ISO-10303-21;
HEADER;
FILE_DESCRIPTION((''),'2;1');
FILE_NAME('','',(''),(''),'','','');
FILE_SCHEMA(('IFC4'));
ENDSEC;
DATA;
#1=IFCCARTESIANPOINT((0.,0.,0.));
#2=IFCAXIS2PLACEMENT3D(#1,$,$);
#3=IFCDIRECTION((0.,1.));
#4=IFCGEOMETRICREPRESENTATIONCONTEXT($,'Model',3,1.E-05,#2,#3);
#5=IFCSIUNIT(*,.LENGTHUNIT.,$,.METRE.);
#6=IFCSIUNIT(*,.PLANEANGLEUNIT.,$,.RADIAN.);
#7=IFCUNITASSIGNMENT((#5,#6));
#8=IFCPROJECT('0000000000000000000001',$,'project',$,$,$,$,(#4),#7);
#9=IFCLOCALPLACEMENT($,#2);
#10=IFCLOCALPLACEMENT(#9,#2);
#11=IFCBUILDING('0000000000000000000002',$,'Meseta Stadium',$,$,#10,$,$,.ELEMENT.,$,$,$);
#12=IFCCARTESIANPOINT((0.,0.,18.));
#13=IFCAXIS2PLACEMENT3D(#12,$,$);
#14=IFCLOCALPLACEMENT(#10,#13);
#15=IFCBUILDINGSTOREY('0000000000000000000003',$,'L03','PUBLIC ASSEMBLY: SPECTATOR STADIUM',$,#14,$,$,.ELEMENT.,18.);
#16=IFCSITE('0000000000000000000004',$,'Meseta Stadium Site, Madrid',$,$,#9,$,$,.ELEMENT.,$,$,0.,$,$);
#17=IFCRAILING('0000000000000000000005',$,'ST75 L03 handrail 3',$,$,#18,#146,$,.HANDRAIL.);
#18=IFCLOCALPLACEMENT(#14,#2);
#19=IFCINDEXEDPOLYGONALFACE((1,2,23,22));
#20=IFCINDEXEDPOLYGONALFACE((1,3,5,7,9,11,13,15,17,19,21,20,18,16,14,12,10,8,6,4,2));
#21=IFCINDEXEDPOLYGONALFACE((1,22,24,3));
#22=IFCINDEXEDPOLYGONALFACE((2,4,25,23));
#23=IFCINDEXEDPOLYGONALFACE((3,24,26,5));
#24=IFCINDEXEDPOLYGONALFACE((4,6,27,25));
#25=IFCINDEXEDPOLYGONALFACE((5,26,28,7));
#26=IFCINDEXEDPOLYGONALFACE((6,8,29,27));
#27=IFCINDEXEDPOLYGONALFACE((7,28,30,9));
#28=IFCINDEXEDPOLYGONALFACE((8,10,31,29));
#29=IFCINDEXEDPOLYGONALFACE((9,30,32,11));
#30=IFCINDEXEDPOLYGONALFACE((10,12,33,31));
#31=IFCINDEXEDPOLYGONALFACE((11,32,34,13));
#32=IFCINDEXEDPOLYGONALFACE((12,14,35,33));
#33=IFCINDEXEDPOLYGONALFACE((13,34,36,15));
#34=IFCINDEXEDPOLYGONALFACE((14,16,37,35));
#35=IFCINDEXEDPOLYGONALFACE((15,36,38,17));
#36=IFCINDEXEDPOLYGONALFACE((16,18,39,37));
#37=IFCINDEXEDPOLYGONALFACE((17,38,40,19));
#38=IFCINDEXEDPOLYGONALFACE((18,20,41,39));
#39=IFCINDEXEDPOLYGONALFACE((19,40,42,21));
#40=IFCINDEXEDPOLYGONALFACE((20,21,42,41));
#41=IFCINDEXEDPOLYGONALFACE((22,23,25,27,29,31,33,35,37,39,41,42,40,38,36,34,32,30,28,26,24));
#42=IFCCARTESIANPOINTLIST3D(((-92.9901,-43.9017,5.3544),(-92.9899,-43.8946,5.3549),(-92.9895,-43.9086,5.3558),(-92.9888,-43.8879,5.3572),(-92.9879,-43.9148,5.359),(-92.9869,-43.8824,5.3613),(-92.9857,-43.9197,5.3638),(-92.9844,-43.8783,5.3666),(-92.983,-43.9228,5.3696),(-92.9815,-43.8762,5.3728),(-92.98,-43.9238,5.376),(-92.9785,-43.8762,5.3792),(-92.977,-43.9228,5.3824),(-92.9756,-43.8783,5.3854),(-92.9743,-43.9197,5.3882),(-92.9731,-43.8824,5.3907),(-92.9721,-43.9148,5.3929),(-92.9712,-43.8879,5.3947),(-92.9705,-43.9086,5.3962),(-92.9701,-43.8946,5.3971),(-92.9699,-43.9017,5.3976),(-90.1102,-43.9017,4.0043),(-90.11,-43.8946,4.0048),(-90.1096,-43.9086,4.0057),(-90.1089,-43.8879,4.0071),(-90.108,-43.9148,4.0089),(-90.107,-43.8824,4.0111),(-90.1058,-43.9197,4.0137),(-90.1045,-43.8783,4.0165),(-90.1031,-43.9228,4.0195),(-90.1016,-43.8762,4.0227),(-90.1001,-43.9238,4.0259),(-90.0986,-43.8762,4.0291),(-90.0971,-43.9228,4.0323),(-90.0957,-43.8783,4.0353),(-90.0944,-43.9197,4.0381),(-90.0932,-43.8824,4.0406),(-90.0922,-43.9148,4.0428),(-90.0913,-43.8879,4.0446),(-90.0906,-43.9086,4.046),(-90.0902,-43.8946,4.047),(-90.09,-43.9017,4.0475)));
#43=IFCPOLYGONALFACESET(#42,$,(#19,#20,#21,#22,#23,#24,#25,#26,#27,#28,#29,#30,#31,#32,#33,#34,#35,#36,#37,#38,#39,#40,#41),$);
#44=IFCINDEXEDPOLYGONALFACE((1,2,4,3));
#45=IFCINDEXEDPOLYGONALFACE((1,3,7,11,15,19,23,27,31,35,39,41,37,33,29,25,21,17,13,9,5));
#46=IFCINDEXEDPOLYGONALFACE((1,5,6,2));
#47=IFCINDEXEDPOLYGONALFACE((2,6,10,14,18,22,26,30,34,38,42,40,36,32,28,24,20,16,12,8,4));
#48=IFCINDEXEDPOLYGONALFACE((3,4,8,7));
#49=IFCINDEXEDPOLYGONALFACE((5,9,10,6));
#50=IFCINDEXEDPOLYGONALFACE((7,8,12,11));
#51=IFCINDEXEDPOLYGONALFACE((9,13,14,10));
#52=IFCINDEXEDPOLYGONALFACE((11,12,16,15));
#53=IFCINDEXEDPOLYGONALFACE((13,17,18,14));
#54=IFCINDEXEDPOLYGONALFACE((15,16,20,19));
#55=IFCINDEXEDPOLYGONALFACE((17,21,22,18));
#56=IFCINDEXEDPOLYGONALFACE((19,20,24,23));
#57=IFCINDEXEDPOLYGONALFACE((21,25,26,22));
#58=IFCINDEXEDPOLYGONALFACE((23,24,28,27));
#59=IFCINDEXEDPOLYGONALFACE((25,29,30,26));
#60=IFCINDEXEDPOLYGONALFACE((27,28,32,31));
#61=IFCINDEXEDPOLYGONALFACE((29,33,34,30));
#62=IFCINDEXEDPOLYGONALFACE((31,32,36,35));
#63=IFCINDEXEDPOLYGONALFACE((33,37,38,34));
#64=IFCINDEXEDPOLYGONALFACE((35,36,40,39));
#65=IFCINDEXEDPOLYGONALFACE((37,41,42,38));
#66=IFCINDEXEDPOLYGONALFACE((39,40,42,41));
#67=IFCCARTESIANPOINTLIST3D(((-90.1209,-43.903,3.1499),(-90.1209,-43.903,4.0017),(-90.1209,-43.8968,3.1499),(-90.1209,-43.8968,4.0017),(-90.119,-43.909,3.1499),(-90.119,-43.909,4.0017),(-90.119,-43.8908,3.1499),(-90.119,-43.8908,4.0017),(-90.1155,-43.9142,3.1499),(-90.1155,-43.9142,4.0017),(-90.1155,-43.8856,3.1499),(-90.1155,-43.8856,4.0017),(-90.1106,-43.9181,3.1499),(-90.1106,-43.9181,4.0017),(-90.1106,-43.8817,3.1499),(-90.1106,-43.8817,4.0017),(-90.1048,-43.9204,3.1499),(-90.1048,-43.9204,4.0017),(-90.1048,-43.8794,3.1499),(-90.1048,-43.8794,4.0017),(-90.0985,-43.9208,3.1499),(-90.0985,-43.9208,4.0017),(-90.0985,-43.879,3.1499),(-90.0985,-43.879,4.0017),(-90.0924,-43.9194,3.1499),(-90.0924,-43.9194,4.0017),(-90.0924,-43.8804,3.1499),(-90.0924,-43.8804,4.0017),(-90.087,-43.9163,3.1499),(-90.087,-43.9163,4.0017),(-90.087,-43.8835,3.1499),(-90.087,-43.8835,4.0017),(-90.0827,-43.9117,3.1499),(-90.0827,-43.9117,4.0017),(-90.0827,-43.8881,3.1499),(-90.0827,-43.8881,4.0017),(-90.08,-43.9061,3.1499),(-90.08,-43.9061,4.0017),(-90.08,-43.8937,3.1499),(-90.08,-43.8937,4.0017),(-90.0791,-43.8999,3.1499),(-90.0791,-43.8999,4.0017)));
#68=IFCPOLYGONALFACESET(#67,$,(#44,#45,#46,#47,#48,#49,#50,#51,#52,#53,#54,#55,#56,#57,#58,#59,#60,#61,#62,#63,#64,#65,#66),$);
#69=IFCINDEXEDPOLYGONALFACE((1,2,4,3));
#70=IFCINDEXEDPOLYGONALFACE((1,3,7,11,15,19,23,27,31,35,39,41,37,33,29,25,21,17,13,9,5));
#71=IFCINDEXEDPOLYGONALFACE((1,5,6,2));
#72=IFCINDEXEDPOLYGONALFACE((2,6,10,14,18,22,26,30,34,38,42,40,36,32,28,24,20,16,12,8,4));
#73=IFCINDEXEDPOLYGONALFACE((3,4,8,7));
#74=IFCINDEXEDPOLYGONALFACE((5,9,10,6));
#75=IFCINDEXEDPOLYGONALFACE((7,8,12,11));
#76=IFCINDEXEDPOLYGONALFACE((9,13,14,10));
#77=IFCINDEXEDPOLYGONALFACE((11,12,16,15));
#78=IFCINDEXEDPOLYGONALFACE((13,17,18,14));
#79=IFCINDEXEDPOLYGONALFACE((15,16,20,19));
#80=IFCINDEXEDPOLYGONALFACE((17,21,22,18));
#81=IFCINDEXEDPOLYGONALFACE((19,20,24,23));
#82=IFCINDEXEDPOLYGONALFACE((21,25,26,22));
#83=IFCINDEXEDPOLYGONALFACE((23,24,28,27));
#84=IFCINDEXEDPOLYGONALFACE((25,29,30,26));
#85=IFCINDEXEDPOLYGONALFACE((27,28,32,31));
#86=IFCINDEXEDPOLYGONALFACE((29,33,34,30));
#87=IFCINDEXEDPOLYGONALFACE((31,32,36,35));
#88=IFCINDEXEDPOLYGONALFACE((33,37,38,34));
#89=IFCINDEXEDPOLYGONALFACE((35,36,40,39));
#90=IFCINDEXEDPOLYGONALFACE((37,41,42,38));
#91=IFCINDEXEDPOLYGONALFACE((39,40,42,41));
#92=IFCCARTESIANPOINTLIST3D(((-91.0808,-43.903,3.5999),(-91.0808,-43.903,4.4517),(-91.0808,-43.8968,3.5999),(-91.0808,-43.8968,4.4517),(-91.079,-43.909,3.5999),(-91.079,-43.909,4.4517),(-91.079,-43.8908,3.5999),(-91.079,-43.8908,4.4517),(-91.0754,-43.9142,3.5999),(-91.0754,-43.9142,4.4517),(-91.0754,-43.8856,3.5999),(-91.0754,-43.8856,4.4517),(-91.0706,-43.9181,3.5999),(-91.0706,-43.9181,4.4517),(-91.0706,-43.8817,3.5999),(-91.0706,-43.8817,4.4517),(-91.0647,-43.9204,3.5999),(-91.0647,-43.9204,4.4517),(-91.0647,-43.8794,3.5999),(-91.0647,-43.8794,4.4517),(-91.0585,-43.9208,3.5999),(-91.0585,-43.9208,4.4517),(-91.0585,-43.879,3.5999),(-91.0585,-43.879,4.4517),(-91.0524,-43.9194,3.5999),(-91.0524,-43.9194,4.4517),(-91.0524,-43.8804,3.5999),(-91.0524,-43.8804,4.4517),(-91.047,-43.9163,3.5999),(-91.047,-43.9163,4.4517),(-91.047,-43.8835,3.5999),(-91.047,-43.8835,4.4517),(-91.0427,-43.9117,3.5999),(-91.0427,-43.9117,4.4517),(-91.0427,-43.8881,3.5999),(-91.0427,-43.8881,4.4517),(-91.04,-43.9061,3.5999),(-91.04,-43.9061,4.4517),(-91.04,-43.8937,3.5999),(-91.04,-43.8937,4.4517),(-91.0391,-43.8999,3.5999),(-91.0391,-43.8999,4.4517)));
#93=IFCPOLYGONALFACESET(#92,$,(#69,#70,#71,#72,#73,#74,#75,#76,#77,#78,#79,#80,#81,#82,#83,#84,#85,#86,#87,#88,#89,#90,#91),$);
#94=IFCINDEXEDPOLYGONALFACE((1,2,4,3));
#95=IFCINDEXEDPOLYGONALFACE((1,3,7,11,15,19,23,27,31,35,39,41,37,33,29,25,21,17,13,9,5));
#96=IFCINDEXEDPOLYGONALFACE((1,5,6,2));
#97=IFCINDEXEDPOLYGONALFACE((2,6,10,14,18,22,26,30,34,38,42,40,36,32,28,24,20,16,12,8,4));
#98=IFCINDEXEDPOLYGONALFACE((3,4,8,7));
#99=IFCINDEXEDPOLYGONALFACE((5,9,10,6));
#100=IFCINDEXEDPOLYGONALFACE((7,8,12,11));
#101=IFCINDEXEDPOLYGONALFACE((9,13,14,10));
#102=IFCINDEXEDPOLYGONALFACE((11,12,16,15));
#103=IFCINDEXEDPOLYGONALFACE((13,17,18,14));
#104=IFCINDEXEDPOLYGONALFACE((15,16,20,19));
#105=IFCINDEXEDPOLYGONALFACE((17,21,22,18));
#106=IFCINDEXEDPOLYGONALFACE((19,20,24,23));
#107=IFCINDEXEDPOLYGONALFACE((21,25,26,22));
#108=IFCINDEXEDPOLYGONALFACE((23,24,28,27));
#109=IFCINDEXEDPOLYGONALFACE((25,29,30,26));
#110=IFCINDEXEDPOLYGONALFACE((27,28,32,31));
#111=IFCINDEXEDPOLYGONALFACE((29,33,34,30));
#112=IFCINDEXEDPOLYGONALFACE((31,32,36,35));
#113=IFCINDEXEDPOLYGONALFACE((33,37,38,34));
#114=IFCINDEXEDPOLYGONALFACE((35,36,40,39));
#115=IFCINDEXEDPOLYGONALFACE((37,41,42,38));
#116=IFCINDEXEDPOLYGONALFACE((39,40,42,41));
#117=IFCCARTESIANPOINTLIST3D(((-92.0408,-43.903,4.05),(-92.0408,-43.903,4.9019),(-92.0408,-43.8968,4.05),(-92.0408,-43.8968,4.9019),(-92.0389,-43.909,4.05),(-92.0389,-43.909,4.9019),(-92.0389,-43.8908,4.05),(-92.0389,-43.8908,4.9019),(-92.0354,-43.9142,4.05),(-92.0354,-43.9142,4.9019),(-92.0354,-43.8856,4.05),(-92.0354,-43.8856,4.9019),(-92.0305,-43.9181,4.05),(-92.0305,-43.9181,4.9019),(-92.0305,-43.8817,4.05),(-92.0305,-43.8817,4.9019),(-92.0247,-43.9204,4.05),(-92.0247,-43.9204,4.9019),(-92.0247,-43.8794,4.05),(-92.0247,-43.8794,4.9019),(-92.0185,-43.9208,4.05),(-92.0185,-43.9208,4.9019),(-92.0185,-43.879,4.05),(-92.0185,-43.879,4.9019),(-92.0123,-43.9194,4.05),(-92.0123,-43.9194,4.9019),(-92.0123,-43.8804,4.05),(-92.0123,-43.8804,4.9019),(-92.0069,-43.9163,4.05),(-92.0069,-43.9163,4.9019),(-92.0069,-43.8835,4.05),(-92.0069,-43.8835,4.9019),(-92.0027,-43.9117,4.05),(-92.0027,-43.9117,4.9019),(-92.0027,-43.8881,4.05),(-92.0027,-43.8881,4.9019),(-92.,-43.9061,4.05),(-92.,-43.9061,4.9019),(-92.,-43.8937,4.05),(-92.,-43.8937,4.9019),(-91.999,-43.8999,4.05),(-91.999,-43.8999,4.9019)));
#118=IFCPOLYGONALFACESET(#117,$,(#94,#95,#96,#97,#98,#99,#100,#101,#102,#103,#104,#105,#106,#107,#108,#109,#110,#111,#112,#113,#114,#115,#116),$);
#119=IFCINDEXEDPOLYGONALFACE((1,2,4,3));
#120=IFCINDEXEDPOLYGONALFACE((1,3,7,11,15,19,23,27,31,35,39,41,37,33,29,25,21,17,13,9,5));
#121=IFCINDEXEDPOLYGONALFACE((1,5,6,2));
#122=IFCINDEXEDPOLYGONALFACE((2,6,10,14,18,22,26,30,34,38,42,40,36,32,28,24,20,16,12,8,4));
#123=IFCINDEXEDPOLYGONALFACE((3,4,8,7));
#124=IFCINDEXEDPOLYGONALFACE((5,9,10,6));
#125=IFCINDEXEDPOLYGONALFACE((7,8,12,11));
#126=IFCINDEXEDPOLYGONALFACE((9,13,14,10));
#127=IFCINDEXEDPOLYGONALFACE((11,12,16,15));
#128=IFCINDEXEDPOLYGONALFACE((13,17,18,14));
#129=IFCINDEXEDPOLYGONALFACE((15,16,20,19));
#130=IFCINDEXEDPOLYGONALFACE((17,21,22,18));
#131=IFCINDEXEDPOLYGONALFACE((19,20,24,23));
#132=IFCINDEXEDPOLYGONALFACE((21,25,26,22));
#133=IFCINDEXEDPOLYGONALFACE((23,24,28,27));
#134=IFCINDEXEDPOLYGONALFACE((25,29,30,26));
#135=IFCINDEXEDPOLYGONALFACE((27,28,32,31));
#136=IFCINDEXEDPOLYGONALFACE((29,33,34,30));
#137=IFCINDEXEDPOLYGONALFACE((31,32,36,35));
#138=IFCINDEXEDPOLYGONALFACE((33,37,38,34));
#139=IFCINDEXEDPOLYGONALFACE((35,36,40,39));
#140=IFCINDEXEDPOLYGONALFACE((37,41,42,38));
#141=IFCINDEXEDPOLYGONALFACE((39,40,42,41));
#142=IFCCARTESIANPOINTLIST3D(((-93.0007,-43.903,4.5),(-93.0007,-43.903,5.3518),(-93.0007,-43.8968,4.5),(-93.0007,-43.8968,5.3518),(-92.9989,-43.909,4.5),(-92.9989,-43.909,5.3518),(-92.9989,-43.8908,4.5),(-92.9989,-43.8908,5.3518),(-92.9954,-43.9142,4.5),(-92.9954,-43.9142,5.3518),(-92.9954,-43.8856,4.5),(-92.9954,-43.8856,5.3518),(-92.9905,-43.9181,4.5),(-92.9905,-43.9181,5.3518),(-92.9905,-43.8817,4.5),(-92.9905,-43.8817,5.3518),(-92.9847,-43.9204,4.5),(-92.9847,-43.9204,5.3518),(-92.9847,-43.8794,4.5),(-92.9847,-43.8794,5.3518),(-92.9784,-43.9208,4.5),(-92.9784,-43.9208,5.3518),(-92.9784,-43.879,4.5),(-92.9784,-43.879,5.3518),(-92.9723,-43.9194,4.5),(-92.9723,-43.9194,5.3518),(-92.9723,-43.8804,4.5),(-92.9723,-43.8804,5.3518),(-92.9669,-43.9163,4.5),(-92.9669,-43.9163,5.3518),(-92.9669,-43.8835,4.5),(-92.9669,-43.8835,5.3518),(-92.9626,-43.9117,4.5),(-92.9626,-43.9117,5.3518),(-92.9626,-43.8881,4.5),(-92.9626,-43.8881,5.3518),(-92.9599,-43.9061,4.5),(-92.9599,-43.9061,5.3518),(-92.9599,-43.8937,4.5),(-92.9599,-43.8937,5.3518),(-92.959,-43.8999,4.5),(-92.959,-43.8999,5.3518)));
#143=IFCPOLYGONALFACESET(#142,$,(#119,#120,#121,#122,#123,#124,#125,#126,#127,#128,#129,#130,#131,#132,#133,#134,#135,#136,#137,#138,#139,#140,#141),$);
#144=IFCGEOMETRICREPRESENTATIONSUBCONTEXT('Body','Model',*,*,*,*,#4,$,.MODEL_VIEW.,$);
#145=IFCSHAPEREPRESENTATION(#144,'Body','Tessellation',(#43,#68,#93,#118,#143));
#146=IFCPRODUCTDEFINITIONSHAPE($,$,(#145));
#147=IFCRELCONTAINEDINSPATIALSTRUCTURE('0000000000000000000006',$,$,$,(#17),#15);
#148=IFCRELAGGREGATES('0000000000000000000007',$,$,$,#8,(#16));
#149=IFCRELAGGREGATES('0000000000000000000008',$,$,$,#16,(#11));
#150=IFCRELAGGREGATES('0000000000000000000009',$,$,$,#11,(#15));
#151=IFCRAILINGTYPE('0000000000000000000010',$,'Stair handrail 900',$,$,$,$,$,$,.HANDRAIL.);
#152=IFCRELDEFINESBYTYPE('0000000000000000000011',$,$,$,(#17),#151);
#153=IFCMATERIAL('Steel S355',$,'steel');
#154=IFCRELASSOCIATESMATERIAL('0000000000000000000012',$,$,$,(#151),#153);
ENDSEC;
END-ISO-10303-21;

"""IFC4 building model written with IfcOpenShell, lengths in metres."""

from ifc_helpers import new_model, si_unit, direction, frame, origin, origin_2d, place, context, subcontext, project, spatial, circle, extrude, material, type_object, element, save


model = new_model("IFC4")

# Units and contexts
model_context = context("Model", 3, precision=1e-05, world=origin(), true_north=direction((0.0, 1.0)))
body_context = subcontext(model_context, "Body", "Model", "MODEL_VIEW")
ifc_project = project(units=[si_unit("LENGTHUNIT", "METRE"), si_unit("PLANEANGLEUNIT", "RADIAN")], contexts=[model_context])

# Site, building, storey
site_placement = place(None, origin())
site = spatial("IfcSite", under=ifc_project, at=site_placement, Name="Meseta Stadium Site, Madrid", CompositionType="ELEMENT", RefElevation=0.0)
building_placement = place(site_placement, origin())
building = spatial("IfcBuilding", under=site, at=building_placement, Name="Meseta Stadium", CompositionType="ELEMENT")
storey_placement = place(building_placement, frame((0.0, 0.0, 18.0)))
storey = spatial("IfcBuildingStorey", under=building, at=storey_placement, Name="L03", Description="PUBLIC ASSEMBLY: SPECTATOR STADIUM", CompositionType="ELEMENT", Elevation=18.0)

# Railing
ifc_material_1 = material(Name="Steel S355", Category="steel")
railing_type_1 = type_object("IfcRailingType", Name="Stair handrail 900", PredefinedType="HANDRAIL", material=ifc_material_1)
for number, where, name in (
    (1, (-90.1001, -43.8999, 3.1499), "ST75 L03 handrail 3"),
):
    element("IfcRailing", number, at=place(storey_placement, frame(where)), inside=storey, type_object=railing_type_1, Name=name, PredefinedType="HANDRAIL", context=body_context, shape_type="SweptSolid", body=[
        extrude(circle(Radius=0.0239, at=origin_2d()), frame((0.0, 0.0, 0.876), z_axis=(-0.90544, 0.0, 0.424473), x_axis=(0.0, -1.0, 0.0)), (0.0, 0.0, 1.0), 3.1807),
        extrude(circle(Radius=0.021, at=origin_2d()), origin(), (0.0, 0.0, 1.0), 0.8518),
        extrude(circle(Radius=0.021, at=origin_2d()), frame((-0.96, 0.0, 0.45)), (0.0, 0.0, 1.0), 0.8518),
        extrude(circle(Radius=0.021, at=origin_2d()), frame((-1.9199, 0.0, 0.9001)), (0.0, 0.0, 1.0), 0.8518),
        extrude(circle(Radius=0.021, at=origin_2d()), frame((-2.8799, 0.0, 1.3501)), (0.0, 0.0, 1.0), 0.8518),
    ])

save(model, "model.ifc")
